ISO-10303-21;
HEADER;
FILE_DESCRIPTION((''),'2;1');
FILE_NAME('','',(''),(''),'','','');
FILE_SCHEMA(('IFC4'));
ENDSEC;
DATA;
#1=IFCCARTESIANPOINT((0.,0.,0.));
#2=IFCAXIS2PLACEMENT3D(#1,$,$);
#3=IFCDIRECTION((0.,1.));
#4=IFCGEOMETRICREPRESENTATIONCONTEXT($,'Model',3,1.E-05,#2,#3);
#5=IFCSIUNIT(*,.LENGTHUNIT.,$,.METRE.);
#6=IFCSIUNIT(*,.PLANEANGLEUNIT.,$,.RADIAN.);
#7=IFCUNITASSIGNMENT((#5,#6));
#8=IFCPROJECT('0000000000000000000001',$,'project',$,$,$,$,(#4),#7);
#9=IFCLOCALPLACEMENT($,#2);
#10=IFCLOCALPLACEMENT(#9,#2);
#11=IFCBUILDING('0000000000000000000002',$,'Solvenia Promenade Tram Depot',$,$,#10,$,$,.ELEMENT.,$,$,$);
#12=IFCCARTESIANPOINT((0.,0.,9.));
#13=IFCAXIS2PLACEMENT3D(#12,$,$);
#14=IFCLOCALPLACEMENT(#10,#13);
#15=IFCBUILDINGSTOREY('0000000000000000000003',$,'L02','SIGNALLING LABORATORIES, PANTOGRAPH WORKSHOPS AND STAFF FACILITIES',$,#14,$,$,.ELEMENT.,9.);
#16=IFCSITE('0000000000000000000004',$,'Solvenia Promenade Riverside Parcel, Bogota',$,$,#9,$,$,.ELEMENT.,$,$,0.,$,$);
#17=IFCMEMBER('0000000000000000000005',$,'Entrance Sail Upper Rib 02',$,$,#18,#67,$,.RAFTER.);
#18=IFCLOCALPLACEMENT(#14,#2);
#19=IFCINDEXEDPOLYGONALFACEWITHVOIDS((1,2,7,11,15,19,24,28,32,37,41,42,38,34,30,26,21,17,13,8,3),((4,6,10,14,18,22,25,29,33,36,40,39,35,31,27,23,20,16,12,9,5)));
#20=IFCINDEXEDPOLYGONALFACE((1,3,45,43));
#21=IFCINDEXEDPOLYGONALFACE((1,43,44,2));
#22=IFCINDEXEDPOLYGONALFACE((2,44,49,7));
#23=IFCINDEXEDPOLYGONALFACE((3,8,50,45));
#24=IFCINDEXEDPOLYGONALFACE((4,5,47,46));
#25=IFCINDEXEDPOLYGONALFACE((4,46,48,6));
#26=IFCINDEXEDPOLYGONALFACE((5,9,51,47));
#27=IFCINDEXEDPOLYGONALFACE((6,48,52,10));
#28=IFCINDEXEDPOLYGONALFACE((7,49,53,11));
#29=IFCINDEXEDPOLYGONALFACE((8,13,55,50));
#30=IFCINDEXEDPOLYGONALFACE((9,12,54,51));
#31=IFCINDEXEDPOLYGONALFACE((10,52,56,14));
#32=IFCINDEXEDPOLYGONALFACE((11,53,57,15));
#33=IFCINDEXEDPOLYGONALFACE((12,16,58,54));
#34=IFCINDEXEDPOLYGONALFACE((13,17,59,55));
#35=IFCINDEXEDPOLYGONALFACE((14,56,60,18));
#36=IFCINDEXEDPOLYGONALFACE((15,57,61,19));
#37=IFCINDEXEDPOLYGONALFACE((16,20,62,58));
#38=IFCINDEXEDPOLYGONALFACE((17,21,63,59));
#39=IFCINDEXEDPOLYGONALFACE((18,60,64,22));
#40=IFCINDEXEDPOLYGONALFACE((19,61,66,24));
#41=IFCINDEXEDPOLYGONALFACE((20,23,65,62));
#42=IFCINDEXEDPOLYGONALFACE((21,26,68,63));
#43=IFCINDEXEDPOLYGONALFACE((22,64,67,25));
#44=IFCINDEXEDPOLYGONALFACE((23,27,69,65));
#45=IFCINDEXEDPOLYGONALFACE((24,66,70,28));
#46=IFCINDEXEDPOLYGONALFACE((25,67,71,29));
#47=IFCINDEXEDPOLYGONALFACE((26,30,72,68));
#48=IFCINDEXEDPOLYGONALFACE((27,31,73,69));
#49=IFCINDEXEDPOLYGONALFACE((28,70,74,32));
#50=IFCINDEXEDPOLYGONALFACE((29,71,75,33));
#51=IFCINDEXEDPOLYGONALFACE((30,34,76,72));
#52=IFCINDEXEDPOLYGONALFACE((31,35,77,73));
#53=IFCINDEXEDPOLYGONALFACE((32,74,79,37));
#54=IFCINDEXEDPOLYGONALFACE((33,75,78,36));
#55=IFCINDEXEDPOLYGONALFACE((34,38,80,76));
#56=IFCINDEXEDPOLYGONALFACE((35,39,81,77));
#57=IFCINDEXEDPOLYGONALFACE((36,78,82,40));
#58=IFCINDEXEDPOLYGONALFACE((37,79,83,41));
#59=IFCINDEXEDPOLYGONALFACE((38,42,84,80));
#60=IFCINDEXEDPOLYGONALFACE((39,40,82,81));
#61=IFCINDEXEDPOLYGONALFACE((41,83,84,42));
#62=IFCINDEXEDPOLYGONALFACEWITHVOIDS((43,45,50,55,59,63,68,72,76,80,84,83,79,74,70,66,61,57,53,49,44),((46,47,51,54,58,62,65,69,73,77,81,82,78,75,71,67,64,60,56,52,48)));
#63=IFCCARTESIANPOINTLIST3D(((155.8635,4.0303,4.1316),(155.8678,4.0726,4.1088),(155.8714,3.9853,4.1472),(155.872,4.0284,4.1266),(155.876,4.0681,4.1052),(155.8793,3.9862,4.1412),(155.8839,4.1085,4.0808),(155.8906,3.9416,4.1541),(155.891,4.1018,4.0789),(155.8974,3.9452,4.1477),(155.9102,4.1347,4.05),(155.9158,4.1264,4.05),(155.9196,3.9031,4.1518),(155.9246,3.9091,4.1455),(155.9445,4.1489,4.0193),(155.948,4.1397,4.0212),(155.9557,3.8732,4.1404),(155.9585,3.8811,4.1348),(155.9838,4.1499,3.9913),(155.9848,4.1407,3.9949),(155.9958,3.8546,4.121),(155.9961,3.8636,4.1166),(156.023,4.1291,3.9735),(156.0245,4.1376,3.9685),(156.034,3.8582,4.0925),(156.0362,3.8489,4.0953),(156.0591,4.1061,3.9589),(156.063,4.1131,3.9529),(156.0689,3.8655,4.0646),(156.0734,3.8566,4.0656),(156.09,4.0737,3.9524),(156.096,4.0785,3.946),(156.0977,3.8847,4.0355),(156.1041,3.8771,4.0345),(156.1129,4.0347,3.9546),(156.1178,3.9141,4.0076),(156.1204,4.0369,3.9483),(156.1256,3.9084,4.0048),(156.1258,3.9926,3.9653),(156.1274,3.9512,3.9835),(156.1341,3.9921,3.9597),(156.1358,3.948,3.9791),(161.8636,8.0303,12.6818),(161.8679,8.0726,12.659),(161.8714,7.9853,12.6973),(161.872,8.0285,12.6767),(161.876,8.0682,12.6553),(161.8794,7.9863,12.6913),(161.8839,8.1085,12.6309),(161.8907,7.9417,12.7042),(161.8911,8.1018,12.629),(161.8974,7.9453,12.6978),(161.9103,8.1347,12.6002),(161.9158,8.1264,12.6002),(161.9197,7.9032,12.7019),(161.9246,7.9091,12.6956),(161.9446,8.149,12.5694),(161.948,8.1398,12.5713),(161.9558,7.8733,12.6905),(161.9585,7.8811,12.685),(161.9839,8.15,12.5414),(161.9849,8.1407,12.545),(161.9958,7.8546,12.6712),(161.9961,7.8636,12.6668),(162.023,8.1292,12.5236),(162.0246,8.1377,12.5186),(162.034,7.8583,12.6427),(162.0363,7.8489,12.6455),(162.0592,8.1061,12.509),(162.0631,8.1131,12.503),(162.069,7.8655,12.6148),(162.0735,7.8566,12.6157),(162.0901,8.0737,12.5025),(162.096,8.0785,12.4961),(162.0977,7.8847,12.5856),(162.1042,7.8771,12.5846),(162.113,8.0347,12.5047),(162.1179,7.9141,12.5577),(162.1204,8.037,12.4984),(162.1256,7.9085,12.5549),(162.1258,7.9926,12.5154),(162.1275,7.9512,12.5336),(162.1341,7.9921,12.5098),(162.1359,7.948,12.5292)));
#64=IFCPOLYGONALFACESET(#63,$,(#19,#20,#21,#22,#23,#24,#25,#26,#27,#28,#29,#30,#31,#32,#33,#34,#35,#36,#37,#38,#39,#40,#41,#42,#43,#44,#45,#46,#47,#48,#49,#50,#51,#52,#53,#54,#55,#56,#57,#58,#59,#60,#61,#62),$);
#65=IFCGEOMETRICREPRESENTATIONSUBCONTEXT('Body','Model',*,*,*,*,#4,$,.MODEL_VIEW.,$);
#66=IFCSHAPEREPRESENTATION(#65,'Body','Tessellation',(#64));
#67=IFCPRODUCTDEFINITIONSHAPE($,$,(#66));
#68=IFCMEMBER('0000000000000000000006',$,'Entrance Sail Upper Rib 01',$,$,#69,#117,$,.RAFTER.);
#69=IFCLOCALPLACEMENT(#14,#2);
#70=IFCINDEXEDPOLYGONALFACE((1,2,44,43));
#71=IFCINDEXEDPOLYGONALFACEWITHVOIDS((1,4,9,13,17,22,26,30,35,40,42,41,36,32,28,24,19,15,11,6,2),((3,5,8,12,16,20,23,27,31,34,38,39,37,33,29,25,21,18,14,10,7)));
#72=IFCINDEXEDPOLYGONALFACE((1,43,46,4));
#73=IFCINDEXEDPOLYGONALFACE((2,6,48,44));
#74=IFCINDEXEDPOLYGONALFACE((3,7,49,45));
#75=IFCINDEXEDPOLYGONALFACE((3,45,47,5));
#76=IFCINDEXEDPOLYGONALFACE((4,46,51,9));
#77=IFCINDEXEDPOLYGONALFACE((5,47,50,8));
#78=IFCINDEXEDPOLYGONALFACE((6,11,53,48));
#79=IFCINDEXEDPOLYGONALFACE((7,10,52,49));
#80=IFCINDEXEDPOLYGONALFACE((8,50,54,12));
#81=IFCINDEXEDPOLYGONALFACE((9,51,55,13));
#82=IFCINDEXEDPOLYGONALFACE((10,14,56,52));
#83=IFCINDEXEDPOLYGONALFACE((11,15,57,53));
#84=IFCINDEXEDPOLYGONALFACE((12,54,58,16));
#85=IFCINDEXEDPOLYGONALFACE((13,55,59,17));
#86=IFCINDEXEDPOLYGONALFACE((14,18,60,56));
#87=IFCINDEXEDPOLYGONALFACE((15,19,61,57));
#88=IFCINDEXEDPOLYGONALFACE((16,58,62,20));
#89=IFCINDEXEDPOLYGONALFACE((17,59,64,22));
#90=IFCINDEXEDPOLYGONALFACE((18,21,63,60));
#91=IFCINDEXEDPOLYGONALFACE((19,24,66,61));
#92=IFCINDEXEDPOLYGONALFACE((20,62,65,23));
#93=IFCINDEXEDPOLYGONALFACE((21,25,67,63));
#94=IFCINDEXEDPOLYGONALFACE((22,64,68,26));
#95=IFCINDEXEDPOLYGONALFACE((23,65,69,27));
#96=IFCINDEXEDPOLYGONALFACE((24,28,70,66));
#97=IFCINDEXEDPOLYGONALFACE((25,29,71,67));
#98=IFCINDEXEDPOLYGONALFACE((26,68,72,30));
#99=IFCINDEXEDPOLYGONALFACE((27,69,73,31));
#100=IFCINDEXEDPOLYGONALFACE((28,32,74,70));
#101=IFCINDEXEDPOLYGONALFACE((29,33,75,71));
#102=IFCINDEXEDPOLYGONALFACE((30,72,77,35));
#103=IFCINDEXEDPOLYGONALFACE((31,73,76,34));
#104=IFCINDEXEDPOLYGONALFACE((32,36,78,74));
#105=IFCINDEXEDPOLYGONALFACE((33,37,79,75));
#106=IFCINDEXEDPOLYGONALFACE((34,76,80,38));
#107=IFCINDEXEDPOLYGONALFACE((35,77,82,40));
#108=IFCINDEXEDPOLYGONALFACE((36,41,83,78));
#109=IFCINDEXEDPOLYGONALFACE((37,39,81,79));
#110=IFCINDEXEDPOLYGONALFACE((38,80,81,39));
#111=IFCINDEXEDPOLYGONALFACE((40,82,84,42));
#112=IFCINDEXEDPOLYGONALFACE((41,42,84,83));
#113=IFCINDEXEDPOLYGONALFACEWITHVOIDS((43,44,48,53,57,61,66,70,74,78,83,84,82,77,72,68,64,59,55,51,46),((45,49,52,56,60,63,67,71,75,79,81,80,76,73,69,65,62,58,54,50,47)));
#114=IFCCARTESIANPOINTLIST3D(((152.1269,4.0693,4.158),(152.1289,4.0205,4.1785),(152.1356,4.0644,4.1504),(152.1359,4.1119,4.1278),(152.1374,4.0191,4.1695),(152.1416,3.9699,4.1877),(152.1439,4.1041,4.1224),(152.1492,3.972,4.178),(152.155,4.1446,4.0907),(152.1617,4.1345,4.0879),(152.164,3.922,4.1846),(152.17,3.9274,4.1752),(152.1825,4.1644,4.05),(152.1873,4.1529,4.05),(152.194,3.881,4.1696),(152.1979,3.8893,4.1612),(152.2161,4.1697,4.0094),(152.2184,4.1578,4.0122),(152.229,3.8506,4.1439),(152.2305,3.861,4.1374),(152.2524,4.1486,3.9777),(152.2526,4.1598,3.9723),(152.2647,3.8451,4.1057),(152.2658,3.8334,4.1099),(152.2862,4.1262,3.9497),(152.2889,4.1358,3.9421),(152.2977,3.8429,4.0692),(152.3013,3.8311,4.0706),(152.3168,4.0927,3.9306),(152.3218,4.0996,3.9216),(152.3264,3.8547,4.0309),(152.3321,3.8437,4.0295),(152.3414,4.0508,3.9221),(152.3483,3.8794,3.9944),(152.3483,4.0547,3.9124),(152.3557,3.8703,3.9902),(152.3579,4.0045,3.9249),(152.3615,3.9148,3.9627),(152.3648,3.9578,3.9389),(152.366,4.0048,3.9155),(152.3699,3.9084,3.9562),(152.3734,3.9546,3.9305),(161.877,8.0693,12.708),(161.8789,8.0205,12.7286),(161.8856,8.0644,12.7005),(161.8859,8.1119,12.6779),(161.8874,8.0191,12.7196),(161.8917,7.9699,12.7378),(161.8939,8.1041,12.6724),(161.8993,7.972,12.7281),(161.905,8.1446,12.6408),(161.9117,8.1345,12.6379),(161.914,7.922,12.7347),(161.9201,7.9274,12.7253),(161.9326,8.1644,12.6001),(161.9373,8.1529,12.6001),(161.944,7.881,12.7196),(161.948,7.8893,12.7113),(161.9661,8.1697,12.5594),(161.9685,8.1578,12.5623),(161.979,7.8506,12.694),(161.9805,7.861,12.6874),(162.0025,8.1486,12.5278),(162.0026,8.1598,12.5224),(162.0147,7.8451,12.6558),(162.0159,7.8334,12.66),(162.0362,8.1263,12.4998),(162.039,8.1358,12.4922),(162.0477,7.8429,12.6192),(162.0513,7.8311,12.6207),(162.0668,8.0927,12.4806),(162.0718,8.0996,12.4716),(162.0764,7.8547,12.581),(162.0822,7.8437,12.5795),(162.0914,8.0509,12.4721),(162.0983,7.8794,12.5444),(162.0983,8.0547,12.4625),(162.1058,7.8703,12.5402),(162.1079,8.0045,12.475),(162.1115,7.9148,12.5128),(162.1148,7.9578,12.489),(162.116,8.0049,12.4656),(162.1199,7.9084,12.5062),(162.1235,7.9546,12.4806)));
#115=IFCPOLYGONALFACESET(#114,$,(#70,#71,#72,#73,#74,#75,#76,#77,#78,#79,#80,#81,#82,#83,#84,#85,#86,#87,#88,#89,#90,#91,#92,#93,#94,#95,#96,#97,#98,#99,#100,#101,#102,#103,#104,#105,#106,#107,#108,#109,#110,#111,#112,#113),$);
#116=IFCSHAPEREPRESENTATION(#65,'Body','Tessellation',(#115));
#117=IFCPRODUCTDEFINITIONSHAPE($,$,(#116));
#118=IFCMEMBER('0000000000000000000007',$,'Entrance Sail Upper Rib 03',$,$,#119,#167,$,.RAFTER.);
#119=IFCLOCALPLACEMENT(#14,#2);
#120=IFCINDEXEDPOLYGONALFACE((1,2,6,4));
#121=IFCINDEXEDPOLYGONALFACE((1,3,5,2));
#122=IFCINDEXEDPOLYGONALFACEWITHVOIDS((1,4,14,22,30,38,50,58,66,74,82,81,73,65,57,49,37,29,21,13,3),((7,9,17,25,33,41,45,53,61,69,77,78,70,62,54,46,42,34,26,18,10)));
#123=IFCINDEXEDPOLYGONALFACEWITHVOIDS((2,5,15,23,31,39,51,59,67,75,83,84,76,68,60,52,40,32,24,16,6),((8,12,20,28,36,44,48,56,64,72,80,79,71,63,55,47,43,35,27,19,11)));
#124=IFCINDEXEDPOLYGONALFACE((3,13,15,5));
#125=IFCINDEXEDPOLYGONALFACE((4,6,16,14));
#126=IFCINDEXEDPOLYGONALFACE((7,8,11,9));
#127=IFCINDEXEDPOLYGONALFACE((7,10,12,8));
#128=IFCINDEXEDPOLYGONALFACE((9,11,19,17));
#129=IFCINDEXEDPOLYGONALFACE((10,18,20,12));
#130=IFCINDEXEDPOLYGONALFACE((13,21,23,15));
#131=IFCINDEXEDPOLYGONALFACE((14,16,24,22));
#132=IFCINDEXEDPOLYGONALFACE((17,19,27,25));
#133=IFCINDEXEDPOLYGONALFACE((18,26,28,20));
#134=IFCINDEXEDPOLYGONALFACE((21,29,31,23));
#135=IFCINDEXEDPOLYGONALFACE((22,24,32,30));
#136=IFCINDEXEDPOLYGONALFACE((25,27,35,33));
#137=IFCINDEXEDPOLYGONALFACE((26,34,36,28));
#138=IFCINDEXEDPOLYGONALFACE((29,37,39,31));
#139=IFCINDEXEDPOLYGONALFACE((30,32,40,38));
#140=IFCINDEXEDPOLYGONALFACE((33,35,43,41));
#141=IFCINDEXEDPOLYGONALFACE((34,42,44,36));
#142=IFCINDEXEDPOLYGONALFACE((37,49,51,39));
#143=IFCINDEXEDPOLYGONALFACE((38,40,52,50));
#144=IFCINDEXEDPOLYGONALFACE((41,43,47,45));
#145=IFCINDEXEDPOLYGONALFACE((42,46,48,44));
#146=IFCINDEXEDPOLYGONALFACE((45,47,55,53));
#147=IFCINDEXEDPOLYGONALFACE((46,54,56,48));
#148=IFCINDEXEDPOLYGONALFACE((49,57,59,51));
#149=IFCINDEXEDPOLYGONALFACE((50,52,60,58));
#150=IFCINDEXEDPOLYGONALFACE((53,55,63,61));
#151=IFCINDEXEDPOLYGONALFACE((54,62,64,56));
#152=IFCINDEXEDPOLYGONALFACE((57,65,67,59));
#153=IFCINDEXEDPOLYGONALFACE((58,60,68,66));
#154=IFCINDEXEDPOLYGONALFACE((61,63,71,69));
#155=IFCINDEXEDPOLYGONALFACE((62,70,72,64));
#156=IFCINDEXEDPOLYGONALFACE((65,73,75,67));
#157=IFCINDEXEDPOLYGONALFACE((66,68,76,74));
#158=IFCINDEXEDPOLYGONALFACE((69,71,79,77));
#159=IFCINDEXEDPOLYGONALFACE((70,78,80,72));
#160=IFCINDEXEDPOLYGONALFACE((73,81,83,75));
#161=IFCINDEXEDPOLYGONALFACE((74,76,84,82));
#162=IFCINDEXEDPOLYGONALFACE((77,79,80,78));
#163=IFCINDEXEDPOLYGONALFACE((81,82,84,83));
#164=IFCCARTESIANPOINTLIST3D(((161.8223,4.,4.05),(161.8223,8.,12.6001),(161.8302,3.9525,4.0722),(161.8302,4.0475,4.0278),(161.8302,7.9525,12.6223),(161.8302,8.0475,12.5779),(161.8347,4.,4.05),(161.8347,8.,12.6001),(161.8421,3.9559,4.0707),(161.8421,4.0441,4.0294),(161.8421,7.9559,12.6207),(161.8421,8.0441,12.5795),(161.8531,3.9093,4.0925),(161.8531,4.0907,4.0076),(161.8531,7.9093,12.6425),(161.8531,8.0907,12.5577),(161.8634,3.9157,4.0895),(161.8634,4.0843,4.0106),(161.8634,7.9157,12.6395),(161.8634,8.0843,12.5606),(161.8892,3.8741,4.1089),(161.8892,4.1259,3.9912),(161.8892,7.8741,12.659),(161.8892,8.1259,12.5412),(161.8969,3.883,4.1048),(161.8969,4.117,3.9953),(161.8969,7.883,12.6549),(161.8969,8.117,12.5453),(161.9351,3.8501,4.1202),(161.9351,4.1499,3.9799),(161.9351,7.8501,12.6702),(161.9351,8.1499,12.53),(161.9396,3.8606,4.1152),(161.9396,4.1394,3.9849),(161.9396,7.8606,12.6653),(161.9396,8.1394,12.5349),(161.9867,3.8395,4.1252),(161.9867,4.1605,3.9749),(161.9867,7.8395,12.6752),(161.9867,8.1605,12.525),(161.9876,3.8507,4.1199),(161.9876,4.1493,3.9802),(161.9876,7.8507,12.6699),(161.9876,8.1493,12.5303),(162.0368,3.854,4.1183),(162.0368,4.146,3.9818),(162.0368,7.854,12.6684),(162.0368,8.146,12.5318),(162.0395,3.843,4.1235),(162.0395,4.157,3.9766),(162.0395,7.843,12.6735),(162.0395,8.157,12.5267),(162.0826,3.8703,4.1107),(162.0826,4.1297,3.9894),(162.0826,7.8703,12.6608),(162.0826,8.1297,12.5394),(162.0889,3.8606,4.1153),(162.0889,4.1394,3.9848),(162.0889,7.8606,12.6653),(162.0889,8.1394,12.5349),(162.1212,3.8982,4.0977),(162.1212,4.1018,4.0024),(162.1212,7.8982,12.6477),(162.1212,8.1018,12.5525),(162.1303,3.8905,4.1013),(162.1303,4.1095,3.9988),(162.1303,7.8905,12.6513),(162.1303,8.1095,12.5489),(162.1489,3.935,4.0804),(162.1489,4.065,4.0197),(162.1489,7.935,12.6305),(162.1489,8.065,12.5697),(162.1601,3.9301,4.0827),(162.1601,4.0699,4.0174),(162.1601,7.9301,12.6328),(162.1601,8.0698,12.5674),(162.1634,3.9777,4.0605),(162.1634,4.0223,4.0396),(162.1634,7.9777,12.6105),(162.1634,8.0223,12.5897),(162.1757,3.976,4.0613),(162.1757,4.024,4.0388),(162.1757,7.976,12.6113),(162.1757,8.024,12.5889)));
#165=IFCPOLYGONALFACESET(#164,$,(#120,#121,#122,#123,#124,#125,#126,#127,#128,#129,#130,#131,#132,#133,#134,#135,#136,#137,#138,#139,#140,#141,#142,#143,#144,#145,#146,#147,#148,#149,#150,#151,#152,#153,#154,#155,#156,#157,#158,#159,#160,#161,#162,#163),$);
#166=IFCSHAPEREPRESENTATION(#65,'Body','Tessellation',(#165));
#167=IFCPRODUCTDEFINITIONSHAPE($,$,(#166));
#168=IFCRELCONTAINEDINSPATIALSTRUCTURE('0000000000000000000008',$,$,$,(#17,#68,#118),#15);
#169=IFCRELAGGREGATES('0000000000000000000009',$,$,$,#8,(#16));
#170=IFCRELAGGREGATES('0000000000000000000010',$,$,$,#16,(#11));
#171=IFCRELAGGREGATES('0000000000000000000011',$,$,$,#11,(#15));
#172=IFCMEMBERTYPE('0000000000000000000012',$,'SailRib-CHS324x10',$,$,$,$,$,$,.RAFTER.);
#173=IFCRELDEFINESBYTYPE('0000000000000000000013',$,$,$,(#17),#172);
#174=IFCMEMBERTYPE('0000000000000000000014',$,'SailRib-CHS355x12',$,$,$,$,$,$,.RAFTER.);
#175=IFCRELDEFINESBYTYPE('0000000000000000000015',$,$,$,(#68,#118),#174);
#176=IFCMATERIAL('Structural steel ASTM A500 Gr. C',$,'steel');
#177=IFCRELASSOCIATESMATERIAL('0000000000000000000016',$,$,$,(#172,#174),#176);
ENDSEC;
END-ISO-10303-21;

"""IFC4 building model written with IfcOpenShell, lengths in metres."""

from ifc_helpers import new_model, si_unit, direction, frame, origin, origin_2d, place, context, subcontext, project, spatial, hollow_circle, extrude, material, material_profile, profile_set, type_object, element, save


model = new_model("IFC4")

# Units and contexts
model_context = context("Model", 3, precision=1e-05, world=origin(), true_north=direction((0.0, 1.0)))
body_context = subcontext(model_context, "Body", "Model", "MODEL_VIEW")
ifc_project = project(units=[si_unit("LENGTHUNIT", "METRE"), si_unit("PLANEANGLEUNIT", "RADIAN")], contexts=[model_context])

# Site, building, storey
site_placement = place(None, origin())
site = spatial("IfcSite", under=ifc_project, at=site_placement, Name="Solvenia Promenade Riverside Parcel, Bogota", CompositionType="ELEMENT", RefElevation=0.0)
building_placement = place(site_placement, origin())
building = spatial("IfcBuilding", under=site, at=building_placement, Name="Solvenia Promenade Tram Depot", CompositionType="ELEMENT")
storey_placement = place(building_placement, frame((0.0, 0.0, 9.0)))
storey = spatial("IfcBuildingStorey", under=building, at=storey_placement, Name="L02", Description="SIGNALLING LABORATORIES, PANTOGRAPH WORKSHOPS AND STAFF FACILITIES", CompositionType="ELEMENT", Elevation=9.0)

# Shared definitions
ifc_material_1 = material(Name="Structural steel ASTM A500 Gr. C", Category="steel")

# Members
ifc_material_profile_1 = material_profile(ifc_material_1, hollow_circle(Radius=0.1619, WallThickness=0.01, at=origin_2d()), Name="CHS323.9x10", Category="steel")
ifc_profile_set_1 = profile_set([ifc_material_profile_1], Name="Structural steel ASTM A500 Gr. C")
member_type_1 = type_object("IfcMemberType", Name="SailRib-CHS324x10", PredefinedType="RAFTER", material=ifc_profile_set_1)
member_1_placement = place(storey_placement, frame((156.0, 4.0, 4.05), z_axis=(0.536435, 0.357623, 0.764424), x_axis=(-0.5547, 0.83205, 0.0)))
element("IfcMember", 1, at=member_1_placement, inside=storey, type_object=member_type_1, Name="Entrance Sail Upper Rib 02", PredefinedType="RAFTER", context=body_context, shape_type="SweptSolid", body=[
    extrude(hollow_circle(Radius=0.1619, WallThickness=0.01, at=origin_2d()), origin(), (0.0, 0.0, 1.0), 11.1851),
])
ifc_material_profile_2 = material_profile(ifc_material_1, hollow_circle(Radius=0.1777, WallThickness=0.0125, at=origin_2d()), Name="CHS355.6x12.5", Category="steel")
ifc_profile_set_2 = profile_set([ifc_material_profile_2], Name="Structural steel ASTM A500 Gr. C")
member_type_2 = type_object("IfcMemberType", Name="SailRib-CHS355x12", PredefinedType="RAFTER", material=ifc_profile_set_2)
member_2_placement = place(storey_placement, frame((152.25, 4.0, 4.05), z_axis=(0.718456, 0.294751, 0.630034), x_axis=(-0.379556, 0.925169, 0.0)))
element("IfcMember", 2, at=member_2_placement, inside=storey, type_object=member_type_2, Name="Entrance Sail Upper Rib 01", PredefinedType="RAFTER", context=body_context, shape_type="SweptSolid", body=[
    extrude(hollow_circle(Radius=0.1777, WallThickness=0.0125, at=origin_2d()), origin(), (0.0, 0.0, 1.0), 13.5708),
])
member_3_placement = place(storey_placement, frame((162.0, 4.0, 4.05), z_axis=(0.0, 0.423753, 0.905778), x_axis=(-1.0, 0.0, 0.0)))
element("IfcMember", 3, at=member_3_placement, inside=storey, type_object=member_type_2, Name="Entrance Sail Upper Rib 03", PredefinedType="RAFTER", context=body_context, shape_type="SweptSolid", body=[
    extrude(hollow_circle(Radius=0.1777, WallThickness=0.0125, at=origin_2d()), origin(), (0.0, 0.0, 1.0), 9.4395),
])

save(model, "model.ifc")
